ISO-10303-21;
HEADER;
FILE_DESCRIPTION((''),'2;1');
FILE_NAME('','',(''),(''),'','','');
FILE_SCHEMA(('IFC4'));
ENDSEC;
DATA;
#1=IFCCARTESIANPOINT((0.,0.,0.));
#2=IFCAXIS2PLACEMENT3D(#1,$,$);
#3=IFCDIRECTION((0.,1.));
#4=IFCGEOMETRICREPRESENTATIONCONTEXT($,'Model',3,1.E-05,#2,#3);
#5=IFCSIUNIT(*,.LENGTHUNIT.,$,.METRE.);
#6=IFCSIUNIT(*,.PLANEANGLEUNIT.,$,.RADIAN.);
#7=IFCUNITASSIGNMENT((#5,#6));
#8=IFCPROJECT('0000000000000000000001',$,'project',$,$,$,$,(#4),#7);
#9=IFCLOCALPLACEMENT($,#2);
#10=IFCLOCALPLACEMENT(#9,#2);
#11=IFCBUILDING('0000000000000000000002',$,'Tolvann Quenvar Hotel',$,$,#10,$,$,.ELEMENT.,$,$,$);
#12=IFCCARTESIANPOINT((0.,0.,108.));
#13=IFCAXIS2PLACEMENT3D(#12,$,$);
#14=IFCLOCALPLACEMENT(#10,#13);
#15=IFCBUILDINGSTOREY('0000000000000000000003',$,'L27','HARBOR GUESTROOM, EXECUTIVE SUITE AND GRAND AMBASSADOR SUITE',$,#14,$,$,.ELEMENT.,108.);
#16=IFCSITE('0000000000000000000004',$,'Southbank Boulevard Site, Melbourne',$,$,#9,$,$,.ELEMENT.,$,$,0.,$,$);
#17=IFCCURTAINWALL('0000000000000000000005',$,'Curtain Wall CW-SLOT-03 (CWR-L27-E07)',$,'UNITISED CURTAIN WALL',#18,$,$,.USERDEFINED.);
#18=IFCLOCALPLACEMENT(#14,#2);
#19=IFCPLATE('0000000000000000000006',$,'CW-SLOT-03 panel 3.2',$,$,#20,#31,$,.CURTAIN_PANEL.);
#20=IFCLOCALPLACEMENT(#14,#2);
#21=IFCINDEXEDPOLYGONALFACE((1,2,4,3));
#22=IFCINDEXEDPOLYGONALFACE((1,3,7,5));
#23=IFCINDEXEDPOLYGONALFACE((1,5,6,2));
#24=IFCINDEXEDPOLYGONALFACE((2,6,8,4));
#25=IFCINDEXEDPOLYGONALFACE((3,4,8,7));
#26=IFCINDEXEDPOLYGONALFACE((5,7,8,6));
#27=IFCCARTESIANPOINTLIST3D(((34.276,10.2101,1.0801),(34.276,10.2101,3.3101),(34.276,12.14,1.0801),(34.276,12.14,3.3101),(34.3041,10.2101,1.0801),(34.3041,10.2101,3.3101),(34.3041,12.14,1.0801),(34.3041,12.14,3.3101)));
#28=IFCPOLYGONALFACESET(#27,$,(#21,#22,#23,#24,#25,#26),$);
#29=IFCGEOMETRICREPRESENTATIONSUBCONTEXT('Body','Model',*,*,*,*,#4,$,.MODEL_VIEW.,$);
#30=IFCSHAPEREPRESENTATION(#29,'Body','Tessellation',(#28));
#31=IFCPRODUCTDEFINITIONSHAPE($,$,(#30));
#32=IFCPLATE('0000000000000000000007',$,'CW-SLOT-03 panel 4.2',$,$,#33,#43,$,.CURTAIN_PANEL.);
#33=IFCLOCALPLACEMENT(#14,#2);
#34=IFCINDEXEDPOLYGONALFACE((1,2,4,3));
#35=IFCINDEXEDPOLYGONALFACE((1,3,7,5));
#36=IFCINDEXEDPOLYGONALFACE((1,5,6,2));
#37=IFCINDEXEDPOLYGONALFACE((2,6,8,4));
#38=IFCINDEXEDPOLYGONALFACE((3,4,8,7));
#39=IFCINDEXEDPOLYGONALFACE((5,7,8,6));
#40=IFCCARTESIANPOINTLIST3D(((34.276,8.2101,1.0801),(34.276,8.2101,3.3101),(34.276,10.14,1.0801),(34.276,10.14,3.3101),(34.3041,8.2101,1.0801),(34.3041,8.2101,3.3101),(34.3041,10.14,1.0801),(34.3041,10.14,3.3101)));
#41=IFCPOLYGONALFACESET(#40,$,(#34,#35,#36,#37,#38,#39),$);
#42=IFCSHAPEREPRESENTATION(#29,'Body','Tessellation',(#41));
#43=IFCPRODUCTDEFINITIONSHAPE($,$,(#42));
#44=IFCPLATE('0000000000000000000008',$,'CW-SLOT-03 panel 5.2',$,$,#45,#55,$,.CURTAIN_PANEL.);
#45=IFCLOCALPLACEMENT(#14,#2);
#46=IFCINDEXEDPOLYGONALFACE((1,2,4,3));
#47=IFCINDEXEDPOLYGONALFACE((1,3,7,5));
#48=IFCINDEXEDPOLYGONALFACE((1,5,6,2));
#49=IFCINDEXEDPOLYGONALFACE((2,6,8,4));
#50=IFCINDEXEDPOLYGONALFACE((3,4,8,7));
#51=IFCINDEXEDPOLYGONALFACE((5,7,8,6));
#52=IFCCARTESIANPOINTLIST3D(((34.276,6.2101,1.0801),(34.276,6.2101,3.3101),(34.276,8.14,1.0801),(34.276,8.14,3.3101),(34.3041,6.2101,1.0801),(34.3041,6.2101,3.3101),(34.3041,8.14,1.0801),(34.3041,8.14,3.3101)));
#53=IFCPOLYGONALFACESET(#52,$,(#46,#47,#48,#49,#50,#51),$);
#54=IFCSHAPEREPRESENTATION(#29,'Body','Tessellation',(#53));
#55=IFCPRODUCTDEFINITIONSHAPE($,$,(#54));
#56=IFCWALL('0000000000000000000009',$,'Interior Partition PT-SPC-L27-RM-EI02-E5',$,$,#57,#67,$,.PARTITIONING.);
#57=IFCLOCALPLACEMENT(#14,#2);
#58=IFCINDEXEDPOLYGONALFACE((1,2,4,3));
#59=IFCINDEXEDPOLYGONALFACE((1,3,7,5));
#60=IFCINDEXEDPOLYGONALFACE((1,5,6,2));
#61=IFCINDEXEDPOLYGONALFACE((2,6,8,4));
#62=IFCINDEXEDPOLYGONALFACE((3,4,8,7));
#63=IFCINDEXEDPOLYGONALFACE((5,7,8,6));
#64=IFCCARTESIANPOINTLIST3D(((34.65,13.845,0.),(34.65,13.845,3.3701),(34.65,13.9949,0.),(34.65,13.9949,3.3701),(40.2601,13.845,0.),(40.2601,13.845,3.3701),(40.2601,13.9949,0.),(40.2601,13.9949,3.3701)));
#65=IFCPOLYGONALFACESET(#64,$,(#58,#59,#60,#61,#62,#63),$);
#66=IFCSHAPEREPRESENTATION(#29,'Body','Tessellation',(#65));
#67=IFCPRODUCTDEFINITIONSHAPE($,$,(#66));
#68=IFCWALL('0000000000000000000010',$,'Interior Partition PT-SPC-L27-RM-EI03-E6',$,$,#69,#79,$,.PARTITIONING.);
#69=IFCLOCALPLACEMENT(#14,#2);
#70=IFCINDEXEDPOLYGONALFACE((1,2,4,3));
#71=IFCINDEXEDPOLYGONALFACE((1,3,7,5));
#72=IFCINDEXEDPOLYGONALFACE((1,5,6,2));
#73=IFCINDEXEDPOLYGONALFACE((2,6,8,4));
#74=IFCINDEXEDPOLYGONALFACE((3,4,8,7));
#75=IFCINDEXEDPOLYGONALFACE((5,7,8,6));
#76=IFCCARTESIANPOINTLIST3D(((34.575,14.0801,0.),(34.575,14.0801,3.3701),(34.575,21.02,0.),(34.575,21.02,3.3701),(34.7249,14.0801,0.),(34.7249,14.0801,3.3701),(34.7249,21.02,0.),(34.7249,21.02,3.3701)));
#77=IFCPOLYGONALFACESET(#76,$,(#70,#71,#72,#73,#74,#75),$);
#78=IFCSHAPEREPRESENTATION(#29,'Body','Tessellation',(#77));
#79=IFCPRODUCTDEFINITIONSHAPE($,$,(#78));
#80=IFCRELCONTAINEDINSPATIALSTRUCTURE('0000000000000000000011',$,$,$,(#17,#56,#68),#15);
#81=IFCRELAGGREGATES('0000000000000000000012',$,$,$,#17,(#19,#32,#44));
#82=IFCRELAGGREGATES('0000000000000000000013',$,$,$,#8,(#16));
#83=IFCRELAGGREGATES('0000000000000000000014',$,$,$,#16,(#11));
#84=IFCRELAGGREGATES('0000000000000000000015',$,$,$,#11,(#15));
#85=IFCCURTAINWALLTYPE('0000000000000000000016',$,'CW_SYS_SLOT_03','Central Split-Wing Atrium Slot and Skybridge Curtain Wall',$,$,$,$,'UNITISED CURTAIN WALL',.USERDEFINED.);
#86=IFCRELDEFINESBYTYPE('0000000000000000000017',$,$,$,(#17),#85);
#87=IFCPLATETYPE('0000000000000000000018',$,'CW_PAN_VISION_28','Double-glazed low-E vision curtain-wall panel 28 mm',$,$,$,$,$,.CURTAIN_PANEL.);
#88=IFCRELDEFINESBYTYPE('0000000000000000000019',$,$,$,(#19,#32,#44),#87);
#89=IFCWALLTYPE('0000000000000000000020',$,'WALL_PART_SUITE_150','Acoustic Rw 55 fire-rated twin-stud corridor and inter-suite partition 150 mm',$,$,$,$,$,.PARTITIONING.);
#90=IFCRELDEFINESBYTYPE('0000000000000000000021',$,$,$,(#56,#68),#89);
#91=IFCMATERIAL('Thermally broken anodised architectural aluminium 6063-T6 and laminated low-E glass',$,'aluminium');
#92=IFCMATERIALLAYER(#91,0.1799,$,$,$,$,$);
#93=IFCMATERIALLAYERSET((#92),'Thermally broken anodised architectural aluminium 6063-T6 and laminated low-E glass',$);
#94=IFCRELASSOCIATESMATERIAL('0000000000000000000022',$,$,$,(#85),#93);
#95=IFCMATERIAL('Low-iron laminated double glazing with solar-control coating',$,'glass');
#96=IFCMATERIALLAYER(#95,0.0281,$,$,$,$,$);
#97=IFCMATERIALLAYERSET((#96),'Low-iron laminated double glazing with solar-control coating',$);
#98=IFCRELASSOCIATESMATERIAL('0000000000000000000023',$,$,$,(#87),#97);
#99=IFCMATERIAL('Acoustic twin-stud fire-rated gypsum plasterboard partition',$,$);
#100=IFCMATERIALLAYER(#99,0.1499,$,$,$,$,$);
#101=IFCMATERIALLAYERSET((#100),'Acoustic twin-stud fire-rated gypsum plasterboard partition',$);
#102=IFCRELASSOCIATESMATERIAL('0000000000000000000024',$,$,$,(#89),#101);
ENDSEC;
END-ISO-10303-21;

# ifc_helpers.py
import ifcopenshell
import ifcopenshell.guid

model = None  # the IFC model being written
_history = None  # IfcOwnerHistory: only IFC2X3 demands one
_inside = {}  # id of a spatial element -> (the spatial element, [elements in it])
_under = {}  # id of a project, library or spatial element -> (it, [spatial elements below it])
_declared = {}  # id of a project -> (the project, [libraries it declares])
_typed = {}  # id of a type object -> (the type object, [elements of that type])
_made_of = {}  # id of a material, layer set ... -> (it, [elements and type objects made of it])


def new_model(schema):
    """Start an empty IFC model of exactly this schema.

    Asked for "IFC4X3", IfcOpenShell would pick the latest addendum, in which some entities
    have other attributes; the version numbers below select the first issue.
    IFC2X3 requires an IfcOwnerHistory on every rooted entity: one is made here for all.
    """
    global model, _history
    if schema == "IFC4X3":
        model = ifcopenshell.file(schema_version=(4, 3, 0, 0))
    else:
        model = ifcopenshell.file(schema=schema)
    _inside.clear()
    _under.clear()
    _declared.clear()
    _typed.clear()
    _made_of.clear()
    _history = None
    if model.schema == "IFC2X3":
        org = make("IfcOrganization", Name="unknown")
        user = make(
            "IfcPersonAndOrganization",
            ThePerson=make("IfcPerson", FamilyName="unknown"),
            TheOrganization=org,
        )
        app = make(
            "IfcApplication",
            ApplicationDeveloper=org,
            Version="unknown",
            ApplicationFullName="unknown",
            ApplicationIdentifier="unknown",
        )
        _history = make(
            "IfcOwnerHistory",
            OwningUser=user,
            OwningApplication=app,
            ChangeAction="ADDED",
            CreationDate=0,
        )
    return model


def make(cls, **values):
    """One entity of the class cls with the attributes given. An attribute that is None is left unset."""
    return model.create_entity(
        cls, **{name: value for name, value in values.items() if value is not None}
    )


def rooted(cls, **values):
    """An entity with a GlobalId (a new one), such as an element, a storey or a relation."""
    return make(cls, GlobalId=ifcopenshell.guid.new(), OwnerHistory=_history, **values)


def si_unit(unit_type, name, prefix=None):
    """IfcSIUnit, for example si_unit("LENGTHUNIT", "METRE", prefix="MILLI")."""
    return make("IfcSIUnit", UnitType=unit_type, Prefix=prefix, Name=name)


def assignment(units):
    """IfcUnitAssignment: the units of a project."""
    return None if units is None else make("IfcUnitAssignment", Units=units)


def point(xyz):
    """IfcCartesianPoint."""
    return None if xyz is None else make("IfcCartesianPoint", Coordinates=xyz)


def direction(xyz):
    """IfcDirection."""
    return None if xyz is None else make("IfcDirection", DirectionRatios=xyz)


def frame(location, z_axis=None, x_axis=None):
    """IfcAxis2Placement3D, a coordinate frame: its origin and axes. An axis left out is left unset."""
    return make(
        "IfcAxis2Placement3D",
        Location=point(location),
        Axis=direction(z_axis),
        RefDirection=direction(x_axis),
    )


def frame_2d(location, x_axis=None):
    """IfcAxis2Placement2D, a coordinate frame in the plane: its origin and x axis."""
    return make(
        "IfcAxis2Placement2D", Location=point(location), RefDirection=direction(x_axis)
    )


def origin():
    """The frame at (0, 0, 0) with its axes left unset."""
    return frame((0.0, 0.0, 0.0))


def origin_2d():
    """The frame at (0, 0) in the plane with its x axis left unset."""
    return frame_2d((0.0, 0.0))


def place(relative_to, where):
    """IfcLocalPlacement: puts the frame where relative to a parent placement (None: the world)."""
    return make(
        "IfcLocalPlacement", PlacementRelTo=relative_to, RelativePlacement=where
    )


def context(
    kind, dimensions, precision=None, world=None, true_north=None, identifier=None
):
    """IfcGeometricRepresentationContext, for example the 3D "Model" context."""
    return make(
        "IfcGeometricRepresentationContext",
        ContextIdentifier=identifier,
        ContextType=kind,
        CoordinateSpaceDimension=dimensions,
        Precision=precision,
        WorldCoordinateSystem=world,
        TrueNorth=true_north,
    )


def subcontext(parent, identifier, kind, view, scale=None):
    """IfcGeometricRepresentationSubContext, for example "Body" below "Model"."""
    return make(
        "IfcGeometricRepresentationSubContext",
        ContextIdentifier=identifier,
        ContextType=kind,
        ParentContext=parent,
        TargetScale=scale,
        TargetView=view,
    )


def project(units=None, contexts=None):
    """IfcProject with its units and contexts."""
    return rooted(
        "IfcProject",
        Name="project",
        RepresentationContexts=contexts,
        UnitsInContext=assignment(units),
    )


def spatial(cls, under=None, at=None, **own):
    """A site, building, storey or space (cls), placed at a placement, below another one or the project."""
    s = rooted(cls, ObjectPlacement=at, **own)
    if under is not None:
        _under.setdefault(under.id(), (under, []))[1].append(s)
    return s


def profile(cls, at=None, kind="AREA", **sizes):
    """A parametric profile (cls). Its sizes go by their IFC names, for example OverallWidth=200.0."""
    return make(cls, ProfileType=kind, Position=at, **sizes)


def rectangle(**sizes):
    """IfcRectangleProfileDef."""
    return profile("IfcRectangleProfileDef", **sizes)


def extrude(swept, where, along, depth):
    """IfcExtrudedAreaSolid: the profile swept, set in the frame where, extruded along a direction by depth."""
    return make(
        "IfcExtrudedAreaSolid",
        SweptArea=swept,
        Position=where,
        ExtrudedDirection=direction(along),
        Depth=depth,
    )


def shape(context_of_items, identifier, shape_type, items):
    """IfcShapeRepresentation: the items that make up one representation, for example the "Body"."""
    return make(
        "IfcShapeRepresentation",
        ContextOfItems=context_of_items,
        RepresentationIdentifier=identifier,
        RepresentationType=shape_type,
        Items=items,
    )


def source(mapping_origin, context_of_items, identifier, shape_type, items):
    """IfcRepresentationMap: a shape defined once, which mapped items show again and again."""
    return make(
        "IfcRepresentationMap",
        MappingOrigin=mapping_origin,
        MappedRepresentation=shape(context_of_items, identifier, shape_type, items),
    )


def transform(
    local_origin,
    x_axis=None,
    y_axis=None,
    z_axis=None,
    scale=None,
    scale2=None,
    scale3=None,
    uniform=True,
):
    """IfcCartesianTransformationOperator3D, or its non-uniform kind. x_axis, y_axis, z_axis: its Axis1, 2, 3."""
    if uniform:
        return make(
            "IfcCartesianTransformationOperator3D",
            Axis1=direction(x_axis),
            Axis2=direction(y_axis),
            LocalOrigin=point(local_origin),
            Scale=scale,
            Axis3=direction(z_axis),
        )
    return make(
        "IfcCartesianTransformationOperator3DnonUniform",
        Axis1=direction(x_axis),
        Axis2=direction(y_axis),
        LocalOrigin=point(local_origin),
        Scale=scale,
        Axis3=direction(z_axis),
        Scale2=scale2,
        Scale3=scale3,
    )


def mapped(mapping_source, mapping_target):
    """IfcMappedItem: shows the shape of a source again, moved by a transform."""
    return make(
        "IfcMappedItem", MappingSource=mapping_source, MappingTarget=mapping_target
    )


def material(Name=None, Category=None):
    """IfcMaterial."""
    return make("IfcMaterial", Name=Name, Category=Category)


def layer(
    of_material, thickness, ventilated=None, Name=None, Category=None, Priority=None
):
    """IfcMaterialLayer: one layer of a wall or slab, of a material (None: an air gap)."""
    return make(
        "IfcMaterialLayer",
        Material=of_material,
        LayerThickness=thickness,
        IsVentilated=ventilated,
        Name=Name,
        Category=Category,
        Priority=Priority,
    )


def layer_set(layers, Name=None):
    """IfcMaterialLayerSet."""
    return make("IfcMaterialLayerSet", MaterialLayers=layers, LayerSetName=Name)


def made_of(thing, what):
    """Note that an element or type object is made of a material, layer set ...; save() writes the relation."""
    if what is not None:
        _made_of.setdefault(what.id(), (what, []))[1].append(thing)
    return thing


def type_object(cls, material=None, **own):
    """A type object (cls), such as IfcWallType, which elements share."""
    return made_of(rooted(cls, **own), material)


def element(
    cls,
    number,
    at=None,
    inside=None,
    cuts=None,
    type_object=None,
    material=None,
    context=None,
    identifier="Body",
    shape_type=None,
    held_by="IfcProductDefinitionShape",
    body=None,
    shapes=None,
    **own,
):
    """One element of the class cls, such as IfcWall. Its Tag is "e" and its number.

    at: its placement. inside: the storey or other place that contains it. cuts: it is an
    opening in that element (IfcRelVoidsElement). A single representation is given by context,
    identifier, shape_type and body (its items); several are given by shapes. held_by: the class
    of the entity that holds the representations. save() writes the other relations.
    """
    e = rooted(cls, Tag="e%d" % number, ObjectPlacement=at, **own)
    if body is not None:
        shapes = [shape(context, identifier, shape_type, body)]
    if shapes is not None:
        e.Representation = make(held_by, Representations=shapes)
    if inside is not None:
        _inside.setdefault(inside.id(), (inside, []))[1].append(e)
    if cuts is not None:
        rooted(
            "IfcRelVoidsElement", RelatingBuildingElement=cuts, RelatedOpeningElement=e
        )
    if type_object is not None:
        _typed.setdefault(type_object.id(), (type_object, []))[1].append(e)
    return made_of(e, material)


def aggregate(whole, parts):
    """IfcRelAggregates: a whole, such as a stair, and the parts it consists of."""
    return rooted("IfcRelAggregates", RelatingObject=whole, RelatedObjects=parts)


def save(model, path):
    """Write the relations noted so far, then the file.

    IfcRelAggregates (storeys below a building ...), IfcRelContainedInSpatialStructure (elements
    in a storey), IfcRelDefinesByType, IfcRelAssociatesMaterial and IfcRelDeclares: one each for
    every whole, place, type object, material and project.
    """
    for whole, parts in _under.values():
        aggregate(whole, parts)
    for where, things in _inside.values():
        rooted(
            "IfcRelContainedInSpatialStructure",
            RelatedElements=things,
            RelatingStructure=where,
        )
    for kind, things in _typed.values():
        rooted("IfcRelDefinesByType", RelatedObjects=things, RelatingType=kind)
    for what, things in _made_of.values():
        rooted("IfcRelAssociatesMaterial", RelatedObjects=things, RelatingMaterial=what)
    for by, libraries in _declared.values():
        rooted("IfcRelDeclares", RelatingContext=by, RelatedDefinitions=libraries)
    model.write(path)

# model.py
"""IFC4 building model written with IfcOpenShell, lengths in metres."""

from ifc_helpers import new_model, si_unit, direction, frame, frame_2d, origin, origin_2d, place, context, subcontext, project, spatial, rectangle, extrude, source, transform, mapped, material, layer, layer_set, type_object, element, aggregate, save


model = new_model("IFC4")

# Units and contexts
model_context = context("Model", 3, precision=1e-05, world=origin(), true_north=direction((0.0, 1.0)))
body_context = subcontext(model_context, "Body", "Model", "MODEL_VIEW")
ifc_project = project(units=[si_unit("LENGTHUNIT", "METRE"), si_unit("PLANEANGLEUNIT", "RADIAN")], contexts=[model_context])

# Site, building, storey
site_placement = place(None, origin())
site = spatial("IfcSite", under=ifc_project, at=site_placement, Name="Southbank Boulevard Site, Melbourne", CompositionType="ELEMENT", RefElevation=0.0)
building_placement = place(site_placement, origin())
building = spatial("IfcBuilding", under=site, at=building_placement, Name="Tolvann Quenvar Hotel", CompositionType="ELEMENT")
storey_placement = place(building_placement, frame((0.0, 0.0, 108.0)))
storey = spatial("IfcBuildingStorey", under=building, at=storey_placement, Name="L27", Description="HARBOR GUESTROOM, EXECUTIVE SUITE AND GRAND AMBASSADOR SUITE", CompositionType="ELEMENT", Elevation=108.0)

# Curtain wall, plates
ifc_material_1 = material(Name="Thermally broken anodised architectural aluminium 6063-T6 and laminated low-E glass", Category="aluminium")
ifc_layer_1 = layer(ifc_material_1, 0.1799)
ifc_layer_set_1 = layer_set([ifc_layer_1], Name="Thermally broken anodised architectural aluminium 6063-T6 and laminated low-E glass")
curtain_wall_type = type_object("IfcCurtainWallType", Name="CW_SYS_SLOT_03", Description="Central Split-Wing Atrium Slot and Skybridge Curtain Wall", ElementType="UNITISED CURTAIN WALL", PredefinedType="USERDEFINED", material=ifc_layer_set_1)
curtain_wall_placement = place(storey_placement, origin())
curtain_wall = element("IfcCurtainWall", 1, at=curtain_wall_placement, inside=storey, type_object=curtain_wall_type, Name="Curtain Wall CW-SLOT-03 (CWR-L27-E07)", ObjectType="UNITISED CURTAIN WALL", PredefinedType="USERDEFINED")
ifc_material_2 = material(Name="Low-iron laminated double glazing with solar-control coating", Category="glass")
ifc_layer_2 = layer(ifc_material_2, 0.0281)
ifc_layer_set_2 = layer_set([ifc_layer_2], Name="Low-iron laminated double glazing with solar-control coating")
plate_type = type_object("IfcPlateType", Name="CW_PAN_VISION_28", Description="Double-glazed low-E vision curtain-wall panel 28 mm", PredefinedType="CURTAIN_PANEL", material=ifc_layer_set_2)
shared_shape_1 = source(origin(), body_context, "Body", "SweptSolid", [
    extrude(rectangle(XDim=1.9299, YDim=0.0281, at=origin_2d()), origin(), (0.0, 0.0, 1.0), 2.23),
])
plate_1_placement = place(storey_placement, frame((34.29, 11.175, 1.0801), z_axis=(0.0, 0.0, 1.0), x_axis=(0.0, -1.0, 0.0)))
plate_1 = element("IfcPlate", 2, at=plate_1_placement, type_object=plate_type, Name="CW-SLOT-03 panel 3.2", PredefinedType="CURTAIN_PANEL", context=body_context, shape_type="MappedRepresentation", body=[
    mapped(shared_shape_1, transform((0.0, 0.0, 0.0), x_axis=(1.0, 0.0, 0.0), y_axis=(0.0, 1.0, 0.0), z_axis=(0.0, 0.0, 1.0), scale=1.0)),
])
plate_2_placement = place(storey_placement, frame((34.29, 9.175, 1.0801), z_axis=(0.0, 0.0, 1.0), x_axis=(0.0, -1.0, 0.0)))
plate_2 = element("IfcPlate", 3, at=plate_2_placement, type_object=plate_type, Name="CW-SLOT-03 panel 4.2", PredefinedType="CURTAIN_PANEL", context=body_context, shape_type="MappedRepresentation", body=[
    mapped(shared_shape_1, transform((0.0, 0.0, 0.0), x_axis=(1.0, 0.0, 0.0), y_axis=(0.0, 1.0, 0.0), z_axis=(0.0, 0.0, 1.0), scale=1.0)),
])
plate_3_placement = place(storey_placement, frame((34.29, 7.175, 1.0801), z_axis=(0.0, 0.0, 1.0), x_axis=(0.0, -1.0, 0.0)))
plate_3 = element("IfcPlate", 4, at=plate_3_placement, type_object=plate_type, Name="CW-SLOT-03 panel 5.2", PredefinedType="CURTAIN_PANEL", context=body_context, shape_type="MappedRepresentation", body=[
    mapped(shared_shape_1, transform((0.0, 0.0, 0.0), x_axis=(1.0, 0.0, 0.0), y_axis=(0.0, 1.0, 0.0), z_axis=(0.0, 0.0, 1.0), scale=1.0)),
])
aggregate(curtain_wall, [plate_1, plate_2, plate_3])

# Walls
ifc_material_3 = material(Name="Acoustic twin-stud fire-rated gypsum plasterboard partition")
ifc_layer_3 = layer(ifc_material_3, 0.1499)
ifc_layer_set_3 = layer_set([ifc_layer_3], Name="Acoustic twin-stud fire-rated gypsum plasterboard partition")
wall_type = type_object("IfcWallType", Name="WALL_PART_SUITE_150", Description="Acoustic Rw 55 fire-rated twin-stud corridor and inter-suite partition 150 mm", PredefinedType="PARTITIONING", material=ifc_layer_set_3)
wall_1_placement = place(storey_placement, frame((34.6499, 13.9199, 0.0), z_axis=(0.0, 0.0, 1.0), x_axis=(1.0, 0.0, 0.0)))
element("IfcWall", 5, at=wall_1_placement, inside=storey, type_object=wall_type, Name="Interior Partition PT-SPC-L27-RM-EI02-E5", PredefinedType="PARTITIONING", context=body_context, shape_type="SweptSolid", body=[
    extrude(rectangle(XDim=5.6101, YDim=0.1499, at=frame_2d((2.8052, 0.0))), origin(), (0.0, 0.0, 1.0), 3.3701),
])
wall_2_placement = place(storey_placement, frame((34.6499, 14.0801, 0.0), z_axis=(0.0, 0.0, 1.0), x_axis=(0.0, 1.0, 0.0)))
element("IfcWall", 6, at=wall_2_placement, inside=storey, type_object=wall_type, Name="Interior Partition PT-SPC-L27-RM-EI03-E6", PredefinedType="PARTITIONING", context=body_context, shape_type="SweptSolid", body=[
    extrude(rectangle(XDim=6.9399, YDim=0.1499, at=frame_2d((3.47, 0.0))), origin(), (0.0, 0.0, 1.0), 3.3701),
])

save(model, "model.ifc")
